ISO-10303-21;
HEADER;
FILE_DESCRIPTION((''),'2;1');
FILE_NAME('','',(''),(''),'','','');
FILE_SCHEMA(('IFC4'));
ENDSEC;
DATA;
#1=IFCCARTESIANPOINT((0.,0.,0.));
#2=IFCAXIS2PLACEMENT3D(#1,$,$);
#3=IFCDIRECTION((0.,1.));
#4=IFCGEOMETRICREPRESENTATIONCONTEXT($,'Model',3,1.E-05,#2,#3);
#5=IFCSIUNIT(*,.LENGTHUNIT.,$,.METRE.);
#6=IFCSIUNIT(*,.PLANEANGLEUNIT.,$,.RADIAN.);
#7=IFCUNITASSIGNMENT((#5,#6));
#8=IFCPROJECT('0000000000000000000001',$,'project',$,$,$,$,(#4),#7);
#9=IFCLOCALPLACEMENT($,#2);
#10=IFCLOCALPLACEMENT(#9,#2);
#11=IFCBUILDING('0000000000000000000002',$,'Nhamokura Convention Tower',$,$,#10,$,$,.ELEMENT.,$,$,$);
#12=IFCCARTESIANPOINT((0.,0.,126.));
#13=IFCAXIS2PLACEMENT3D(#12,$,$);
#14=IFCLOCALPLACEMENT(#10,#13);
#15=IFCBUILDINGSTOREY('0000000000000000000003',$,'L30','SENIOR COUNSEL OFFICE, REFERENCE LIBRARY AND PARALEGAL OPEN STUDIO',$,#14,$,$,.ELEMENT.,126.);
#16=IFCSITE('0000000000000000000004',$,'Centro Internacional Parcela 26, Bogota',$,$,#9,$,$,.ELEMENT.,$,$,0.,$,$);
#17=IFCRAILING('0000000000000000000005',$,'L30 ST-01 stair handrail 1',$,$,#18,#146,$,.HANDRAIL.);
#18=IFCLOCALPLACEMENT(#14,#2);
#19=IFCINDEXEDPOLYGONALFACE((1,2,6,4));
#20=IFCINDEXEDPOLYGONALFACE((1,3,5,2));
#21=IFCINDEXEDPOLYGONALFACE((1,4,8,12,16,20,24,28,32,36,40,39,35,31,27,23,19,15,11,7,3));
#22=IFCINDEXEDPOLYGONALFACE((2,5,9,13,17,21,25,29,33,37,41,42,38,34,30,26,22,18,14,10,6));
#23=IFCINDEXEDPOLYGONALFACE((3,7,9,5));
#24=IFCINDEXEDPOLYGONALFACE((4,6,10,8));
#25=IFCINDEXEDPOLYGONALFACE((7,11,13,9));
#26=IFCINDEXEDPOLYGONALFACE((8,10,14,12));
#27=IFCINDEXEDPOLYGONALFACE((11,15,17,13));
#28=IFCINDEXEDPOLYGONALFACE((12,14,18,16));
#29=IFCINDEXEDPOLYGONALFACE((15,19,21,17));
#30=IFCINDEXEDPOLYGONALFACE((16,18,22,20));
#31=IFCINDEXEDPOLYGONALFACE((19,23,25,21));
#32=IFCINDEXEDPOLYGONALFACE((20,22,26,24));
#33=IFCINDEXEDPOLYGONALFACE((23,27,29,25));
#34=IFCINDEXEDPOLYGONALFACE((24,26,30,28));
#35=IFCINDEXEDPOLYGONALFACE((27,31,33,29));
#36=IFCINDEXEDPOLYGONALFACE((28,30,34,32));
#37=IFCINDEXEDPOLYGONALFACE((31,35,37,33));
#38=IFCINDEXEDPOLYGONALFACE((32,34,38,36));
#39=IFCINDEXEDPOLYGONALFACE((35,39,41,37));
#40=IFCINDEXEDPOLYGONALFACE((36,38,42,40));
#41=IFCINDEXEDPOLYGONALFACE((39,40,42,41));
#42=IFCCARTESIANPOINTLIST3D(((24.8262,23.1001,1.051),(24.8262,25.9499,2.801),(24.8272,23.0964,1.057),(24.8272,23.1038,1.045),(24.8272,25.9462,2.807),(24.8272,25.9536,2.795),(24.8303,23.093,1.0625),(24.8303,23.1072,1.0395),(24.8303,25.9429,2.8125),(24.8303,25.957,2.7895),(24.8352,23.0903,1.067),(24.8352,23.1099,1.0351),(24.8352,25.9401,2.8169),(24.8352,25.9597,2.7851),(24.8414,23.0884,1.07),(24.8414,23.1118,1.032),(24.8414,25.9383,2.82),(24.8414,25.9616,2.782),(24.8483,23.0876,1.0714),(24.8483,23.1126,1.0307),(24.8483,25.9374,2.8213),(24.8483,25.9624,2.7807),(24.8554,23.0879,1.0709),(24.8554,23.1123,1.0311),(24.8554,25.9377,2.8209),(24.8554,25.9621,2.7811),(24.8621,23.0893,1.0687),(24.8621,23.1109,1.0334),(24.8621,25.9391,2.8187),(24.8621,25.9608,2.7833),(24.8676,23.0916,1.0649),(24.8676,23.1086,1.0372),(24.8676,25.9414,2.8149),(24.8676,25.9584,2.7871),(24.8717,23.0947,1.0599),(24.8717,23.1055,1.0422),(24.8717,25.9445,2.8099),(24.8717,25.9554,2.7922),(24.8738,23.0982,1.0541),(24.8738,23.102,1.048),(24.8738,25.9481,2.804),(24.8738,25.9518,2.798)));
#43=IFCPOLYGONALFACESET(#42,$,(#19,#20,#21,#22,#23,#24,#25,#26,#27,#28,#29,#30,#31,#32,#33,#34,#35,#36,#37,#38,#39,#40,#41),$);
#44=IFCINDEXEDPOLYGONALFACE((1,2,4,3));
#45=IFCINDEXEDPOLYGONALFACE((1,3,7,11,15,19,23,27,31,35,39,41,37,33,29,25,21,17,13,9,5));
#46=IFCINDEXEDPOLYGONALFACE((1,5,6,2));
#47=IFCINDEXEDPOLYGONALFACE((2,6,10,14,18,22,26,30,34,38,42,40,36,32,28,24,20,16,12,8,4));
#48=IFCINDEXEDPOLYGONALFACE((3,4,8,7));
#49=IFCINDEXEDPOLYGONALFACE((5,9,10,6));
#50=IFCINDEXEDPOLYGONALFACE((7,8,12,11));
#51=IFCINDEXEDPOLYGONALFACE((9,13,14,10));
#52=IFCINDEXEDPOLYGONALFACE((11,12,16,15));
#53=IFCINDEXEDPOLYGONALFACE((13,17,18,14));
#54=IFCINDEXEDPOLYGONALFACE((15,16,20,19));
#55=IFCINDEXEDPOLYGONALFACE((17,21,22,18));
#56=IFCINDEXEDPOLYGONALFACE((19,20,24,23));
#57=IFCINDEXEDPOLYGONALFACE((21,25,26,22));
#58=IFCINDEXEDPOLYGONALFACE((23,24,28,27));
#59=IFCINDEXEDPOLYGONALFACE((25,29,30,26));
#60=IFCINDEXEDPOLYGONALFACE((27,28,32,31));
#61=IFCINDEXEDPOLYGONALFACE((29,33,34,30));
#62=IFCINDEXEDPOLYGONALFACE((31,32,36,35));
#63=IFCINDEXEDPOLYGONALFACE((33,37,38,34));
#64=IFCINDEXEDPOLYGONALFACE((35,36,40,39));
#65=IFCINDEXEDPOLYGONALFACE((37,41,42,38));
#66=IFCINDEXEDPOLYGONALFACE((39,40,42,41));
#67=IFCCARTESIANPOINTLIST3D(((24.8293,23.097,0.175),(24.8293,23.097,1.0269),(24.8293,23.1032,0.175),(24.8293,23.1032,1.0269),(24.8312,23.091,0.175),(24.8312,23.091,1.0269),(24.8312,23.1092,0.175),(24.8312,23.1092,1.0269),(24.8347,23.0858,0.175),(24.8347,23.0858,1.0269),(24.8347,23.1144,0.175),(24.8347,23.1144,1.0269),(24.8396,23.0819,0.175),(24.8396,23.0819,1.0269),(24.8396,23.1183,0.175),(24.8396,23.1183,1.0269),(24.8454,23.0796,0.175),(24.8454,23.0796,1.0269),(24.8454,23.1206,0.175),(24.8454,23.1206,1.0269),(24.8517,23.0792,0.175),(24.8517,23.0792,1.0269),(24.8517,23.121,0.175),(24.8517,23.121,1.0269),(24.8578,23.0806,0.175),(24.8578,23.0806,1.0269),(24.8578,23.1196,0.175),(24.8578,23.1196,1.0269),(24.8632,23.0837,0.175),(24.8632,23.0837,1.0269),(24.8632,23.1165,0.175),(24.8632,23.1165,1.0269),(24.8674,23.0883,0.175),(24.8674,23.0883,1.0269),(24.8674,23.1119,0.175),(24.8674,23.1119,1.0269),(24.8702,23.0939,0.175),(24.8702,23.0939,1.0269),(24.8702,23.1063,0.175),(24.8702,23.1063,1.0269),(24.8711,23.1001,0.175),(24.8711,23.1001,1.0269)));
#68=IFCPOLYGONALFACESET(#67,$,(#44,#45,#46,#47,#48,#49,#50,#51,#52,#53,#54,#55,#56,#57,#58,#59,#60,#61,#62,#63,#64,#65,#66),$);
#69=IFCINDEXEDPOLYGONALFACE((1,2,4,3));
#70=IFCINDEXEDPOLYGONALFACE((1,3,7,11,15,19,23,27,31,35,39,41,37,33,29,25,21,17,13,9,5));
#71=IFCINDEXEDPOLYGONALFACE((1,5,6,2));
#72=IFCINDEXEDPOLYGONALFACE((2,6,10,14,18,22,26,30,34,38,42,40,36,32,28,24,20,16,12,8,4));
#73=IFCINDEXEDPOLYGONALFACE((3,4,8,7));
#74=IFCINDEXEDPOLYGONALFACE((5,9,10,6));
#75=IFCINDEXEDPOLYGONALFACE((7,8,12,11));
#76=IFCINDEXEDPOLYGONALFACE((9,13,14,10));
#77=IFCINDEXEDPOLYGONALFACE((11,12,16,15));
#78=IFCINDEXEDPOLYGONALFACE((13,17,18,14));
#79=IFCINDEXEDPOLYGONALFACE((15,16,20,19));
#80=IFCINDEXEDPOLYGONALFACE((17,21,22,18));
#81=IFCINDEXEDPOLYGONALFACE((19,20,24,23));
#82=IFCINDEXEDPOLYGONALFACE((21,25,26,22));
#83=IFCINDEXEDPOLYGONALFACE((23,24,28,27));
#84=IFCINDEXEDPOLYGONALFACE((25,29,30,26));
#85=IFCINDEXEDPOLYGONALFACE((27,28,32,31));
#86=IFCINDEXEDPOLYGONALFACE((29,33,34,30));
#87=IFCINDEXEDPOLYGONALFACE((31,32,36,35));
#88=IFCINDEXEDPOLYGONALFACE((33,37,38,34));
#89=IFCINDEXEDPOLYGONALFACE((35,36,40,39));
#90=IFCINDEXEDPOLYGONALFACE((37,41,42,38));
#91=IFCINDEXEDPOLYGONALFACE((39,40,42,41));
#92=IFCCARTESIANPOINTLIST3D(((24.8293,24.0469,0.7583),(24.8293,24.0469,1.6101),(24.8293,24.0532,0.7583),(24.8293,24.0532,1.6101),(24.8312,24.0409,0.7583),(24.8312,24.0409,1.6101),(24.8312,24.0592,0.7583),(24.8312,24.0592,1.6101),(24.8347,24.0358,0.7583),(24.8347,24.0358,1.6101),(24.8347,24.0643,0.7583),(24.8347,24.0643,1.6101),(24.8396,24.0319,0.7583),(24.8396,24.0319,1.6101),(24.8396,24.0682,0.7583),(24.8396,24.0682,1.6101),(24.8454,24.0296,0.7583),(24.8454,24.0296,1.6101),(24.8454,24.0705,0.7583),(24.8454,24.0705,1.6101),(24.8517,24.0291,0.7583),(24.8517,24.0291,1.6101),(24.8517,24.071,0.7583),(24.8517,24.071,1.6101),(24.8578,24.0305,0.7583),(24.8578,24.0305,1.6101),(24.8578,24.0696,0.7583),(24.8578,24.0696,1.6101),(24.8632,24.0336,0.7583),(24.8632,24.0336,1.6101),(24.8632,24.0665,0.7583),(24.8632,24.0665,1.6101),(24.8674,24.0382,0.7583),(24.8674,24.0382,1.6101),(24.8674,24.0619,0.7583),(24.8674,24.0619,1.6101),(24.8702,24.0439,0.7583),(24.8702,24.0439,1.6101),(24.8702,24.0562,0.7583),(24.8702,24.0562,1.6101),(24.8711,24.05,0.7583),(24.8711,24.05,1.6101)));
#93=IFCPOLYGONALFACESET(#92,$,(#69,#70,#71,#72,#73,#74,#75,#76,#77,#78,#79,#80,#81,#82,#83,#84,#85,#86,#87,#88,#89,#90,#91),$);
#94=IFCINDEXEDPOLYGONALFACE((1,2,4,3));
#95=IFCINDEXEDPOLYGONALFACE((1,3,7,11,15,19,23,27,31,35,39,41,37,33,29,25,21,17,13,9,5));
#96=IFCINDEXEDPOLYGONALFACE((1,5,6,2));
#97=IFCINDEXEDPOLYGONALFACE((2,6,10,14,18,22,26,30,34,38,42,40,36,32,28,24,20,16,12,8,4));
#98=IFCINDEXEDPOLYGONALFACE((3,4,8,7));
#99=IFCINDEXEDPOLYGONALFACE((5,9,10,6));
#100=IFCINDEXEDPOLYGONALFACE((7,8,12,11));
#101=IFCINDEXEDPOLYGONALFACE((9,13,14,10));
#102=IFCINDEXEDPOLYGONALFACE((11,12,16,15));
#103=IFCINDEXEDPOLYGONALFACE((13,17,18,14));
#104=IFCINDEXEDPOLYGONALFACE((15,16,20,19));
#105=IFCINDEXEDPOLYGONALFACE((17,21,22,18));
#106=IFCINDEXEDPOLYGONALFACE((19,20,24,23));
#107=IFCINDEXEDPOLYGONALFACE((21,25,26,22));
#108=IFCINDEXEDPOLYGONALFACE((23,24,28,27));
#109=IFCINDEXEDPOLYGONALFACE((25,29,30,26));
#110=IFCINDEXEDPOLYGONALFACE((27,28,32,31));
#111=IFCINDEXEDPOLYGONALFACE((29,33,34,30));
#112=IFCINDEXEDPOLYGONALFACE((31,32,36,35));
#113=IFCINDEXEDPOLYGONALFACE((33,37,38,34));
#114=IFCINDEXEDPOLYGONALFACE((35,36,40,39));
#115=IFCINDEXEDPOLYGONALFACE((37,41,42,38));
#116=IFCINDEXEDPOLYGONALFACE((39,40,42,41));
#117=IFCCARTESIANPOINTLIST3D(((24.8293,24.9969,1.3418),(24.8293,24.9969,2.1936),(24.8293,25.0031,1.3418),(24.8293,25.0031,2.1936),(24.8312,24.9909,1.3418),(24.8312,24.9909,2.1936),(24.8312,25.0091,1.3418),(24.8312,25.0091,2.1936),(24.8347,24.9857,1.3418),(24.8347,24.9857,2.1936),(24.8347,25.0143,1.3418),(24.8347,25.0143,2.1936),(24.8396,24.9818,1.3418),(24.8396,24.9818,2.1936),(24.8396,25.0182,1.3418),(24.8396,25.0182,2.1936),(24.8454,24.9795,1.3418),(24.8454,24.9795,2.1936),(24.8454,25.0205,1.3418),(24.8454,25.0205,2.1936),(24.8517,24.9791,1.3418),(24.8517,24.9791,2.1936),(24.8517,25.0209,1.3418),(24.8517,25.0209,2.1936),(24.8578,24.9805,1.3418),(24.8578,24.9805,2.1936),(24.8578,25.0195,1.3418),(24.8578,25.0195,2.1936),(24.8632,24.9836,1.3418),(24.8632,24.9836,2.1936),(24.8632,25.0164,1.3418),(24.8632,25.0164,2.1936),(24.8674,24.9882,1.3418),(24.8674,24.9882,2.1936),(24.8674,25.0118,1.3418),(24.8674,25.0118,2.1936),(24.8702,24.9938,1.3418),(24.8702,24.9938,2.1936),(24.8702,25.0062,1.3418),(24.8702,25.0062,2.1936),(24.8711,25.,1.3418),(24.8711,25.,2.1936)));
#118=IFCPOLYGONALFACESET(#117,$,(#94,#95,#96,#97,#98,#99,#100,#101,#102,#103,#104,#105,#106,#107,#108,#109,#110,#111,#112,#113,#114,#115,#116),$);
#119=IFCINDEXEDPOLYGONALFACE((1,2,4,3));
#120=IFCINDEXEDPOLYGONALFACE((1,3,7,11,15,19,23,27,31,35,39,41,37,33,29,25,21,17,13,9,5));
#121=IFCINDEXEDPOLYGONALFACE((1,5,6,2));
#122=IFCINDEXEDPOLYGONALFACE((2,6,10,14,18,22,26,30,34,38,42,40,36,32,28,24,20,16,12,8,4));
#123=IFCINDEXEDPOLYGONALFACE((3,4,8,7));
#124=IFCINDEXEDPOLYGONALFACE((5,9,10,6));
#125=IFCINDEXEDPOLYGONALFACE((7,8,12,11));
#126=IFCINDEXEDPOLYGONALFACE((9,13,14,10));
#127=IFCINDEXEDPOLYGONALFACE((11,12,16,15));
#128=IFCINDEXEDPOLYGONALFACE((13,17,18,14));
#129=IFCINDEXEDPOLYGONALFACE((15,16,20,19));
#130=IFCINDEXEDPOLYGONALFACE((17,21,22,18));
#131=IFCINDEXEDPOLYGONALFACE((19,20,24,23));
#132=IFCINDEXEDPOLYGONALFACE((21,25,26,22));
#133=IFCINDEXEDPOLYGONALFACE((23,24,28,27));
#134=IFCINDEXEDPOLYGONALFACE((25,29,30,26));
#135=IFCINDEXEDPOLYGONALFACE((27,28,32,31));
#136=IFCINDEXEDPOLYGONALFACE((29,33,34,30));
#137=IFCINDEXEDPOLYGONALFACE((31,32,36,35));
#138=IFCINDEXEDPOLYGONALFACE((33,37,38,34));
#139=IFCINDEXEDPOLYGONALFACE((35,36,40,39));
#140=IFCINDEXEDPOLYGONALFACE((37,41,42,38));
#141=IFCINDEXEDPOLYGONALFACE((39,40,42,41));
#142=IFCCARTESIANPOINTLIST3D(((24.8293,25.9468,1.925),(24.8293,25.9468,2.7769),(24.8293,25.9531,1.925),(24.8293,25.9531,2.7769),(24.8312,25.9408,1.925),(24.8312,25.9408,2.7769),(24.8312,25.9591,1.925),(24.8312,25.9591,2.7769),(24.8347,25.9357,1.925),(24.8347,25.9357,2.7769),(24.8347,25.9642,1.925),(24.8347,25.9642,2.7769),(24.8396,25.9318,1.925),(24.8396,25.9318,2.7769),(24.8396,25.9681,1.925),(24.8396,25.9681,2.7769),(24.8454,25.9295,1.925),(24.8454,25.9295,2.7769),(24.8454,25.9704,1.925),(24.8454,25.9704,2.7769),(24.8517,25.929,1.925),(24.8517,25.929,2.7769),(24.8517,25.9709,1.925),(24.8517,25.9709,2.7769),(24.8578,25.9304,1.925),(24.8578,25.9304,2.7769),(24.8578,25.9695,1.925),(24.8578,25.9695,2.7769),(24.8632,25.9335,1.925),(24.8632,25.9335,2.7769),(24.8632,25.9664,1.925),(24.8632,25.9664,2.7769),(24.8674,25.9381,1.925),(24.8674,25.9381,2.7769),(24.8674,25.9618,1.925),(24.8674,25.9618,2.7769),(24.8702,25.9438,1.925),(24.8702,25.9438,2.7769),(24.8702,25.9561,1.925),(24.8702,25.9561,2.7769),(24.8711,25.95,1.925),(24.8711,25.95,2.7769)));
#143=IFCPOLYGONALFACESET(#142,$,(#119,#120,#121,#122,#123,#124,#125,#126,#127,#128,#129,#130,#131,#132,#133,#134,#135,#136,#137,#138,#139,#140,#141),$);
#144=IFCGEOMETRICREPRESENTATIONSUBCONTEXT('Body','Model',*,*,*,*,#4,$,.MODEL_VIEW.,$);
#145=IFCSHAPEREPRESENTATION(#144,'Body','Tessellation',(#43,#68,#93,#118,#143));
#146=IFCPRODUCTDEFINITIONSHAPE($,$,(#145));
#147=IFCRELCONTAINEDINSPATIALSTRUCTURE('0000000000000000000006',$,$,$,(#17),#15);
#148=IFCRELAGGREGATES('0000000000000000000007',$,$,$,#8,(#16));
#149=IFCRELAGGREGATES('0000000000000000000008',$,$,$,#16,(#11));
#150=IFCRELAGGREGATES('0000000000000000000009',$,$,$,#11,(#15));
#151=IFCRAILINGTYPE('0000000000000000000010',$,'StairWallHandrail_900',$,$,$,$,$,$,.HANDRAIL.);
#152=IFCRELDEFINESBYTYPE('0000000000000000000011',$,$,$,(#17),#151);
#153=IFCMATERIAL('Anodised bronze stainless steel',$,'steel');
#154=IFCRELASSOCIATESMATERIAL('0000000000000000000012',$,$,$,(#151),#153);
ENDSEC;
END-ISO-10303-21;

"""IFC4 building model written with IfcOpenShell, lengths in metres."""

from ifc_helpers import new_model, si_unit, direction, frame, origin, origin_2d, place, context, subcontext, project, spatial, circle, extrude, material, type_object, element, save


model = new_model("IFC4")

# Units and contexts
model_context = context("Model", 3, precision=1e-05, world=origin(), true_north=direction((0.0, 1.0)))
body_context = subcontext(model_context, "Body", "Model", "MODEL_VIEW")
ifc_project = project(units=[si_unit("LENGTHUNIT", "METRE"), si_unit("PLANEANGLEUNIT", "RADIAN")], contexts=[model_context])

# Site, building, storey
site_placement = place(None, origin())
site = spatial("IfcSite", under=ifc_project, at=site_placement, Name="Centro Internacional Parcela 26, Bogota", CompositionType="ELEMENT", RefElevation=0.0)
building_placement = place(site_placement, origin())
building = spatial("IfcBuilding", under=site, at=building_placement, Name="Nhamokura Convention Tower", CompositionType="ELEMENT")
storey_placement = place(building_placement, frame((0.0, 0.0, 126.0)))
storey = spatial("IfcBuildingStorey", under=building, at=storey_placement, Name="L30", Description="SENIOR COUNSEL OFFICE, REFERENCE LIBRARY AND PARALEGAL OPEN STUDIO", CompositionType="ELEMENT", Elevation=126.0)

# Railing
ifc_material_1 = material(Name="Anodised bronze stainless steel", Category="steel")
railing_type_1 = type_object("IfcRailingType", Name="StairWallHandrail_900", PredefinedType="HANDRAIL", material=ifc_material_1)
railing_1_placement = place(storey_placement, frame((24.8501, 23.1001, 0.175)))
element("IfcRailing", 1, at=railing_1_placement, inside=storey, type_object=railing_type_1, Name="L30 ST-01 stair handrail 1", PredefinedType="HANDRAIL", context=body_context, shape_type="SweptSolid", body=[
    extrude(circle(Radius=0.0239, at=origin_2d()), frame((0.0, 0.0, 0.876), z_axis=(0.0, 0.852159, 0.523283), x_axis=(-1.0, 0.0, 0.0)), (0.0, 0.0, 1.0), 3.3442),
    extrude(circle(Radius=0.021, at=origin_2d()), origin(), (0.0, 0.0, 1.0), 0.8518),
    extrude(circle(Radius=0.021, at=origin_2d()), frame((0.0, 0.95, 0.5833)), (0.0, 0.0, 1.0), 0.8518),
    extrude(circle(Radius=0.021, at=origin_2d()), frame((0.0, 1.8999, 1.1667)), (0.0, 0.0, 1.0), 0.8518),
    extrude(circle(Radius=0.021, at=origin_2d()), frame((0.0, 2.8499, 1.75)), (0.0, 0.0, 1.0), 0.8518),
])

save(model, "model.ifc")
